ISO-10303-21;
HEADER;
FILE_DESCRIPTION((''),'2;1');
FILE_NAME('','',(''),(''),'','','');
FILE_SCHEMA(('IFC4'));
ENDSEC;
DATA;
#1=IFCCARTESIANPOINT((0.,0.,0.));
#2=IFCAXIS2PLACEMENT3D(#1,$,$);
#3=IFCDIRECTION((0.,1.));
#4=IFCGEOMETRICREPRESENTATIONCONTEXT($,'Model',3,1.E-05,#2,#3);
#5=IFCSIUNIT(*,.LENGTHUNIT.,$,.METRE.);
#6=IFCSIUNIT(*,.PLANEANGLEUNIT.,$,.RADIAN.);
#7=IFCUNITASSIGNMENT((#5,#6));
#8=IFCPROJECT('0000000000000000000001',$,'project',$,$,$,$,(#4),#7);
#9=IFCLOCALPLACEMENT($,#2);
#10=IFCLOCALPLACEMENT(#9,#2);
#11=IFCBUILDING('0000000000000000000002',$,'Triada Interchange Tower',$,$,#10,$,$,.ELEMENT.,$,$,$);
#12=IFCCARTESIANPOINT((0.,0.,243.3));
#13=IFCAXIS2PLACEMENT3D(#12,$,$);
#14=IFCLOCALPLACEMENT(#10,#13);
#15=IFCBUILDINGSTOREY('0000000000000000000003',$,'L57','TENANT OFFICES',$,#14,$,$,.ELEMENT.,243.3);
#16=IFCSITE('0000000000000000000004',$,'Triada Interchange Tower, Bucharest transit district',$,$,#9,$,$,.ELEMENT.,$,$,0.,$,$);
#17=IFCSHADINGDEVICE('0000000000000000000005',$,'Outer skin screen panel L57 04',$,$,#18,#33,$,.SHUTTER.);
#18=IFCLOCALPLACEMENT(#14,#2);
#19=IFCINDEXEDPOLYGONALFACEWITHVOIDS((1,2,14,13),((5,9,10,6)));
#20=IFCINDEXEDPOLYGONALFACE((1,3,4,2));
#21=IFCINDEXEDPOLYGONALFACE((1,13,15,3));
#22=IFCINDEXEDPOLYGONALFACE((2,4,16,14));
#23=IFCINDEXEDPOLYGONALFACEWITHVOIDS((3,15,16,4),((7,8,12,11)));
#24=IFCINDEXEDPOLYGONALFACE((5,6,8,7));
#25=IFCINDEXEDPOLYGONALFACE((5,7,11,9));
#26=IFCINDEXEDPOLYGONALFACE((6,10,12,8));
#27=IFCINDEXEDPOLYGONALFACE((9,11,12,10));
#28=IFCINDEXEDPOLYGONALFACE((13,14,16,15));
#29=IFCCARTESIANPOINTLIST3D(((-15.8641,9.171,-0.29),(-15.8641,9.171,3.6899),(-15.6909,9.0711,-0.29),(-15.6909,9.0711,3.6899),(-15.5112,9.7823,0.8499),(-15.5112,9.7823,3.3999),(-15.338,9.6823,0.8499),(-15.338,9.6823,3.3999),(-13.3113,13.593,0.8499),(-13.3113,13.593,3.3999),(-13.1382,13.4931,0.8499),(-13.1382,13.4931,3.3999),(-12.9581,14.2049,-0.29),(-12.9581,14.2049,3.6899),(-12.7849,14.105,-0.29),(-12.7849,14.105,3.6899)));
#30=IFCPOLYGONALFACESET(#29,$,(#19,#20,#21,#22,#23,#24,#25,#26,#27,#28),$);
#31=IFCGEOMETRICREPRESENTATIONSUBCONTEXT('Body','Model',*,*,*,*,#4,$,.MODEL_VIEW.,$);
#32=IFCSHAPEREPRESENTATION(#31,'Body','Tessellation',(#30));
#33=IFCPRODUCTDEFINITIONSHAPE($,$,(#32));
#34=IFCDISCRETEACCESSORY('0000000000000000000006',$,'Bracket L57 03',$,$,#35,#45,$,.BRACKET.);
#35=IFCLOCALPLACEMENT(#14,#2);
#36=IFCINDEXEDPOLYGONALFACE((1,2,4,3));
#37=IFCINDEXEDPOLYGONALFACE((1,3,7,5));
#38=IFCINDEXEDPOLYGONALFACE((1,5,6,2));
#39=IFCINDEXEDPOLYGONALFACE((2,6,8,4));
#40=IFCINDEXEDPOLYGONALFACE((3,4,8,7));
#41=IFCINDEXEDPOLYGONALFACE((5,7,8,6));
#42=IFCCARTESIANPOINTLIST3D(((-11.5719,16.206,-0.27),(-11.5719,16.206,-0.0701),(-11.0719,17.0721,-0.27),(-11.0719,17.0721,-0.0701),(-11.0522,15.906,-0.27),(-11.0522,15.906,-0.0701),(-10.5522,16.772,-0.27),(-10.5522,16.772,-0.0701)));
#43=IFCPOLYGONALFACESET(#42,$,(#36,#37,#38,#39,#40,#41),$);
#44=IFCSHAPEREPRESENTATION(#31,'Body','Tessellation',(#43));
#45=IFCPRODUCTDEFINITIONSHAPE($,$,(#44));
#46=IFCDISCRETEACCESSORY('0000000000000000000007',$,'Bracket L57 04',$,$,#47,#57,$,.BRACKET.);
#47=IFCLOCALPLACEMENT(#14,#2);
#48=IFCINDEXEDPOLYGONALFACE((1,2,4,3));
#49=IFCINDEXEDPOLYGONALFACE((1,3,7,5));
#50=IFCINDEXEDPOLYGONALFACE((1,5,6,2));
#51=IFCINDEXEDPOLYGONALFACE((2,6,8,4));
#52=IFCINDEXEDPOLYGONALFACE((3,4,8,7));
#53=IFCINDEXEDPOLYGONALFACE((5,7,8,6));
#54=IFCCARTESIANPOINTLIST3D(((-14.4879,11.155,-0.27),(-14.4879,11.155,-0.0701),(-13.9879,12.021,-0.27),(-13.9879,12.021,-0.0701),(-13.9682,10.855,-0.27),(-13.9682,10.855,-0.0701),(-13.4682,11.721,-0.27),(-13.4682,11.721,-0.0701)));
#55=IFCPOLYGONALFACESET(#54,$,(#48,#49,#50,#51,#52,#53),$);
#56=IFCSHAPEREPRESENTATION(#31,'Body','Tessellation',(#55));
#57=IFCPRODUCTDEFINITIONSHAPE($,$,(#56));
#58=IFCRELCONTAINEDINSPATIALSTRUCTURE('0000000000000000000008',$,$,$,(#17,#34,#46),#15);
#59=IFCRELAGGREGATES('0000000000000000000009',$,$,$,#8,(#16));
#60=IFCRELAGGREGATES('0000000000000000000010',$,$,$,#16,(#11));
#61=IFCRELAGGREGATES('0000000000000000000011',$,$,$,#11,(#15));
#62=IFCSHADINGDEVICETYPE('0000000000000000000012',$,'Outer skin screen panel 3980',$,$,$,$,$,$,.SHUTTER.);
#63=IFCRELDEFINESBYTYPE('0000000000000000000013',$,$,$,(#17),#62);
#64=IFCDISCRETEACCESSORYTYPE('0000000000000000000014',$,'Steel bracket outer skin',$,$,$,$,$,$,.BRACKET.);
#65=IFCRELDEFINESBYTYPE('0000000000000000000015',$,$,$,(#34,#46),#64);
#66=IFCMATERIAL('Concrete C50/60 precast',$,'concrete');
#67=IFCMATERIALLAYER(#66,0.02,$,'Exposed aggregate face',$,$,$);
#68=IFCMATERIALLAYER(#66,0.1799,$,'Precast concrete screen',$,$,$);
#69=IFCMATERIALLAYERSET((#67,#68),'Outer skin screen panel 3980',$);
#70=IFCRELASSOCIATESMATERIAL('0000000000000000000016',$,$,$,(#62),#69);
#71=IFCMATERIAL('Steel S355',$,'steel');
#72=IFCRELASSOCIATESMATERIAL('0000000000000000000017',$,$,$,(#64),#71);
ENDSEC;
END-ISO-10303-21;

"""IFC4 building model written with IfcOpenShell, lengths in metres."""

from ifc_helpers import new_model, si_unit, direction, frame, origin, origin_2d, place, context, subcontext, project, spatial, polyline, rectangle, outline, extrude, material, layer, layer_set, type_object, element, save


model = new_model("IFC4")

# Units and contexts
model_context = context("Model", 3, precision=1e-05, world=origin(), true_north=direction((0.0, 1.0)))
body_context = subcontext(model_context, "Body", "Model", "MODEL_VIEW")
ifc_project = project(units=[si_unit("LENGTHUNIT", "METRE"), si_unit("PLANEANGLEUNIT", "RADIAN")], contexts=[model_context])

# Site, building, storey
site_placement = place(None, origin())
site = spatial("IfcSite", under=ifc_project, at=site_placement, Name="Triada Interchange Tower, Bucharest transit district", CompositionType="ELEMENT", RefElevation=0.0)
building_placement = place(site_placement, origin())
building = spatial("IfcBuilding", under=site, at=building_placement, Name="Triada Interchange Tower", CompositionType="ELEMENT")
storey_placement = place(building_placement, frame((0.0, 0.0, 243.3)))
storey = spatial("IfcBuildingStorey", under=building, at=storey_placement, Name="L57", Description="TENANT OFFICES", CompositionType="ELEMENT", Elevation=243.3)

# Shading device
ifc_material_1 = material(Name="Concrete C50/60 precast", Category="concrete")
ifc_layer_1 = layer(ifc_material_1, 0.02, Name="Exposed aggregate face")
ifc_layer_2 = layer(ifc_material_1, 0.1799, Name="Precast concrete screen")
ifc_layer_set_1 = layer_set([ifc_layer_1, ifc_layer_2], Name="Outer skin screen panel 3980")
shading_device_type = type_object("IfcShadingDeviceType", Name="Outer skin screen panel 3980", PredefinedType="SHUTTER", material=ifc_layer_set_1)
shading_device_placement = place(storey_placement, frame((-12.7849, 14.105, -0.29), z_axis=(0.0, 0.0, 1.0), x_axis=(-0.499956, -0.866051, 0.0)))
element("IfcShadingDevice", 1, at=shading_device_placement, inside=storey, type_object=shading_device_type, Name="Outer skin screen panel L57 04", PredefinedType="SHUTTER", context=body_context, shape_type="SweptSolid", body=[
    extrude(outline(polyline([(0.0, 0.0), (5.8125, 0.0), (5.8125, 3.98), (0.0, 3.98), (0.0, 0.0)]), holes=[polyline([(0.7065, 1.1399), (0.7065, 3.6899), (5.1067, 3.6899), (5.1067, 1.1399), (0.7065, 1.1399)])]), frame((0.0, 0.0, 0.0), z_axis=(0.0, -1.0, 0.0), x_axis=(1.0, 0.0, 0.0)), (0.0, 0.0, 1.0), 0.2),
])

# Discrete accessories
ifc_material_2 = material(Name="Steel S355", Category="steel")
discrete_accessory_type = type_object("IfcDiscreteAccessoryType", Name="Steel bracket outer skin", PredefinedType="BRACKET", material=ifc_material_2)
for number, where, z_axis, x_axis, name in (
    (2, (-11.062, 16.489, -0.27), (0.0, 0.0, 1.0), (-0.86603, 0.499991, 0.0), "Bracket L57 03"),
    (3, (-13.978, 11.438, -0.27), (0.0, 0.0, 1.0), (-0.86603, 0.499991, 0.0), "Bracket L57 04"),
):
    element("IfcDiscreteAccessory", number, at=place(storey_placement, frame(where, z_axis=z_axis, x_axis=x_axis)), inside=storey, type_object=discrete_accessory_type, Name=name, PredefinedType="BRACKET", context=body_context, shape_type="SweptSolid", body=[
        extrude(rectangle(XDim=0.6001, YDim=1.0, at=origin_2d()), origin(), (0.0, 0.0, 1.0), 0.2),
    ])

save(model, "model.ifc")
